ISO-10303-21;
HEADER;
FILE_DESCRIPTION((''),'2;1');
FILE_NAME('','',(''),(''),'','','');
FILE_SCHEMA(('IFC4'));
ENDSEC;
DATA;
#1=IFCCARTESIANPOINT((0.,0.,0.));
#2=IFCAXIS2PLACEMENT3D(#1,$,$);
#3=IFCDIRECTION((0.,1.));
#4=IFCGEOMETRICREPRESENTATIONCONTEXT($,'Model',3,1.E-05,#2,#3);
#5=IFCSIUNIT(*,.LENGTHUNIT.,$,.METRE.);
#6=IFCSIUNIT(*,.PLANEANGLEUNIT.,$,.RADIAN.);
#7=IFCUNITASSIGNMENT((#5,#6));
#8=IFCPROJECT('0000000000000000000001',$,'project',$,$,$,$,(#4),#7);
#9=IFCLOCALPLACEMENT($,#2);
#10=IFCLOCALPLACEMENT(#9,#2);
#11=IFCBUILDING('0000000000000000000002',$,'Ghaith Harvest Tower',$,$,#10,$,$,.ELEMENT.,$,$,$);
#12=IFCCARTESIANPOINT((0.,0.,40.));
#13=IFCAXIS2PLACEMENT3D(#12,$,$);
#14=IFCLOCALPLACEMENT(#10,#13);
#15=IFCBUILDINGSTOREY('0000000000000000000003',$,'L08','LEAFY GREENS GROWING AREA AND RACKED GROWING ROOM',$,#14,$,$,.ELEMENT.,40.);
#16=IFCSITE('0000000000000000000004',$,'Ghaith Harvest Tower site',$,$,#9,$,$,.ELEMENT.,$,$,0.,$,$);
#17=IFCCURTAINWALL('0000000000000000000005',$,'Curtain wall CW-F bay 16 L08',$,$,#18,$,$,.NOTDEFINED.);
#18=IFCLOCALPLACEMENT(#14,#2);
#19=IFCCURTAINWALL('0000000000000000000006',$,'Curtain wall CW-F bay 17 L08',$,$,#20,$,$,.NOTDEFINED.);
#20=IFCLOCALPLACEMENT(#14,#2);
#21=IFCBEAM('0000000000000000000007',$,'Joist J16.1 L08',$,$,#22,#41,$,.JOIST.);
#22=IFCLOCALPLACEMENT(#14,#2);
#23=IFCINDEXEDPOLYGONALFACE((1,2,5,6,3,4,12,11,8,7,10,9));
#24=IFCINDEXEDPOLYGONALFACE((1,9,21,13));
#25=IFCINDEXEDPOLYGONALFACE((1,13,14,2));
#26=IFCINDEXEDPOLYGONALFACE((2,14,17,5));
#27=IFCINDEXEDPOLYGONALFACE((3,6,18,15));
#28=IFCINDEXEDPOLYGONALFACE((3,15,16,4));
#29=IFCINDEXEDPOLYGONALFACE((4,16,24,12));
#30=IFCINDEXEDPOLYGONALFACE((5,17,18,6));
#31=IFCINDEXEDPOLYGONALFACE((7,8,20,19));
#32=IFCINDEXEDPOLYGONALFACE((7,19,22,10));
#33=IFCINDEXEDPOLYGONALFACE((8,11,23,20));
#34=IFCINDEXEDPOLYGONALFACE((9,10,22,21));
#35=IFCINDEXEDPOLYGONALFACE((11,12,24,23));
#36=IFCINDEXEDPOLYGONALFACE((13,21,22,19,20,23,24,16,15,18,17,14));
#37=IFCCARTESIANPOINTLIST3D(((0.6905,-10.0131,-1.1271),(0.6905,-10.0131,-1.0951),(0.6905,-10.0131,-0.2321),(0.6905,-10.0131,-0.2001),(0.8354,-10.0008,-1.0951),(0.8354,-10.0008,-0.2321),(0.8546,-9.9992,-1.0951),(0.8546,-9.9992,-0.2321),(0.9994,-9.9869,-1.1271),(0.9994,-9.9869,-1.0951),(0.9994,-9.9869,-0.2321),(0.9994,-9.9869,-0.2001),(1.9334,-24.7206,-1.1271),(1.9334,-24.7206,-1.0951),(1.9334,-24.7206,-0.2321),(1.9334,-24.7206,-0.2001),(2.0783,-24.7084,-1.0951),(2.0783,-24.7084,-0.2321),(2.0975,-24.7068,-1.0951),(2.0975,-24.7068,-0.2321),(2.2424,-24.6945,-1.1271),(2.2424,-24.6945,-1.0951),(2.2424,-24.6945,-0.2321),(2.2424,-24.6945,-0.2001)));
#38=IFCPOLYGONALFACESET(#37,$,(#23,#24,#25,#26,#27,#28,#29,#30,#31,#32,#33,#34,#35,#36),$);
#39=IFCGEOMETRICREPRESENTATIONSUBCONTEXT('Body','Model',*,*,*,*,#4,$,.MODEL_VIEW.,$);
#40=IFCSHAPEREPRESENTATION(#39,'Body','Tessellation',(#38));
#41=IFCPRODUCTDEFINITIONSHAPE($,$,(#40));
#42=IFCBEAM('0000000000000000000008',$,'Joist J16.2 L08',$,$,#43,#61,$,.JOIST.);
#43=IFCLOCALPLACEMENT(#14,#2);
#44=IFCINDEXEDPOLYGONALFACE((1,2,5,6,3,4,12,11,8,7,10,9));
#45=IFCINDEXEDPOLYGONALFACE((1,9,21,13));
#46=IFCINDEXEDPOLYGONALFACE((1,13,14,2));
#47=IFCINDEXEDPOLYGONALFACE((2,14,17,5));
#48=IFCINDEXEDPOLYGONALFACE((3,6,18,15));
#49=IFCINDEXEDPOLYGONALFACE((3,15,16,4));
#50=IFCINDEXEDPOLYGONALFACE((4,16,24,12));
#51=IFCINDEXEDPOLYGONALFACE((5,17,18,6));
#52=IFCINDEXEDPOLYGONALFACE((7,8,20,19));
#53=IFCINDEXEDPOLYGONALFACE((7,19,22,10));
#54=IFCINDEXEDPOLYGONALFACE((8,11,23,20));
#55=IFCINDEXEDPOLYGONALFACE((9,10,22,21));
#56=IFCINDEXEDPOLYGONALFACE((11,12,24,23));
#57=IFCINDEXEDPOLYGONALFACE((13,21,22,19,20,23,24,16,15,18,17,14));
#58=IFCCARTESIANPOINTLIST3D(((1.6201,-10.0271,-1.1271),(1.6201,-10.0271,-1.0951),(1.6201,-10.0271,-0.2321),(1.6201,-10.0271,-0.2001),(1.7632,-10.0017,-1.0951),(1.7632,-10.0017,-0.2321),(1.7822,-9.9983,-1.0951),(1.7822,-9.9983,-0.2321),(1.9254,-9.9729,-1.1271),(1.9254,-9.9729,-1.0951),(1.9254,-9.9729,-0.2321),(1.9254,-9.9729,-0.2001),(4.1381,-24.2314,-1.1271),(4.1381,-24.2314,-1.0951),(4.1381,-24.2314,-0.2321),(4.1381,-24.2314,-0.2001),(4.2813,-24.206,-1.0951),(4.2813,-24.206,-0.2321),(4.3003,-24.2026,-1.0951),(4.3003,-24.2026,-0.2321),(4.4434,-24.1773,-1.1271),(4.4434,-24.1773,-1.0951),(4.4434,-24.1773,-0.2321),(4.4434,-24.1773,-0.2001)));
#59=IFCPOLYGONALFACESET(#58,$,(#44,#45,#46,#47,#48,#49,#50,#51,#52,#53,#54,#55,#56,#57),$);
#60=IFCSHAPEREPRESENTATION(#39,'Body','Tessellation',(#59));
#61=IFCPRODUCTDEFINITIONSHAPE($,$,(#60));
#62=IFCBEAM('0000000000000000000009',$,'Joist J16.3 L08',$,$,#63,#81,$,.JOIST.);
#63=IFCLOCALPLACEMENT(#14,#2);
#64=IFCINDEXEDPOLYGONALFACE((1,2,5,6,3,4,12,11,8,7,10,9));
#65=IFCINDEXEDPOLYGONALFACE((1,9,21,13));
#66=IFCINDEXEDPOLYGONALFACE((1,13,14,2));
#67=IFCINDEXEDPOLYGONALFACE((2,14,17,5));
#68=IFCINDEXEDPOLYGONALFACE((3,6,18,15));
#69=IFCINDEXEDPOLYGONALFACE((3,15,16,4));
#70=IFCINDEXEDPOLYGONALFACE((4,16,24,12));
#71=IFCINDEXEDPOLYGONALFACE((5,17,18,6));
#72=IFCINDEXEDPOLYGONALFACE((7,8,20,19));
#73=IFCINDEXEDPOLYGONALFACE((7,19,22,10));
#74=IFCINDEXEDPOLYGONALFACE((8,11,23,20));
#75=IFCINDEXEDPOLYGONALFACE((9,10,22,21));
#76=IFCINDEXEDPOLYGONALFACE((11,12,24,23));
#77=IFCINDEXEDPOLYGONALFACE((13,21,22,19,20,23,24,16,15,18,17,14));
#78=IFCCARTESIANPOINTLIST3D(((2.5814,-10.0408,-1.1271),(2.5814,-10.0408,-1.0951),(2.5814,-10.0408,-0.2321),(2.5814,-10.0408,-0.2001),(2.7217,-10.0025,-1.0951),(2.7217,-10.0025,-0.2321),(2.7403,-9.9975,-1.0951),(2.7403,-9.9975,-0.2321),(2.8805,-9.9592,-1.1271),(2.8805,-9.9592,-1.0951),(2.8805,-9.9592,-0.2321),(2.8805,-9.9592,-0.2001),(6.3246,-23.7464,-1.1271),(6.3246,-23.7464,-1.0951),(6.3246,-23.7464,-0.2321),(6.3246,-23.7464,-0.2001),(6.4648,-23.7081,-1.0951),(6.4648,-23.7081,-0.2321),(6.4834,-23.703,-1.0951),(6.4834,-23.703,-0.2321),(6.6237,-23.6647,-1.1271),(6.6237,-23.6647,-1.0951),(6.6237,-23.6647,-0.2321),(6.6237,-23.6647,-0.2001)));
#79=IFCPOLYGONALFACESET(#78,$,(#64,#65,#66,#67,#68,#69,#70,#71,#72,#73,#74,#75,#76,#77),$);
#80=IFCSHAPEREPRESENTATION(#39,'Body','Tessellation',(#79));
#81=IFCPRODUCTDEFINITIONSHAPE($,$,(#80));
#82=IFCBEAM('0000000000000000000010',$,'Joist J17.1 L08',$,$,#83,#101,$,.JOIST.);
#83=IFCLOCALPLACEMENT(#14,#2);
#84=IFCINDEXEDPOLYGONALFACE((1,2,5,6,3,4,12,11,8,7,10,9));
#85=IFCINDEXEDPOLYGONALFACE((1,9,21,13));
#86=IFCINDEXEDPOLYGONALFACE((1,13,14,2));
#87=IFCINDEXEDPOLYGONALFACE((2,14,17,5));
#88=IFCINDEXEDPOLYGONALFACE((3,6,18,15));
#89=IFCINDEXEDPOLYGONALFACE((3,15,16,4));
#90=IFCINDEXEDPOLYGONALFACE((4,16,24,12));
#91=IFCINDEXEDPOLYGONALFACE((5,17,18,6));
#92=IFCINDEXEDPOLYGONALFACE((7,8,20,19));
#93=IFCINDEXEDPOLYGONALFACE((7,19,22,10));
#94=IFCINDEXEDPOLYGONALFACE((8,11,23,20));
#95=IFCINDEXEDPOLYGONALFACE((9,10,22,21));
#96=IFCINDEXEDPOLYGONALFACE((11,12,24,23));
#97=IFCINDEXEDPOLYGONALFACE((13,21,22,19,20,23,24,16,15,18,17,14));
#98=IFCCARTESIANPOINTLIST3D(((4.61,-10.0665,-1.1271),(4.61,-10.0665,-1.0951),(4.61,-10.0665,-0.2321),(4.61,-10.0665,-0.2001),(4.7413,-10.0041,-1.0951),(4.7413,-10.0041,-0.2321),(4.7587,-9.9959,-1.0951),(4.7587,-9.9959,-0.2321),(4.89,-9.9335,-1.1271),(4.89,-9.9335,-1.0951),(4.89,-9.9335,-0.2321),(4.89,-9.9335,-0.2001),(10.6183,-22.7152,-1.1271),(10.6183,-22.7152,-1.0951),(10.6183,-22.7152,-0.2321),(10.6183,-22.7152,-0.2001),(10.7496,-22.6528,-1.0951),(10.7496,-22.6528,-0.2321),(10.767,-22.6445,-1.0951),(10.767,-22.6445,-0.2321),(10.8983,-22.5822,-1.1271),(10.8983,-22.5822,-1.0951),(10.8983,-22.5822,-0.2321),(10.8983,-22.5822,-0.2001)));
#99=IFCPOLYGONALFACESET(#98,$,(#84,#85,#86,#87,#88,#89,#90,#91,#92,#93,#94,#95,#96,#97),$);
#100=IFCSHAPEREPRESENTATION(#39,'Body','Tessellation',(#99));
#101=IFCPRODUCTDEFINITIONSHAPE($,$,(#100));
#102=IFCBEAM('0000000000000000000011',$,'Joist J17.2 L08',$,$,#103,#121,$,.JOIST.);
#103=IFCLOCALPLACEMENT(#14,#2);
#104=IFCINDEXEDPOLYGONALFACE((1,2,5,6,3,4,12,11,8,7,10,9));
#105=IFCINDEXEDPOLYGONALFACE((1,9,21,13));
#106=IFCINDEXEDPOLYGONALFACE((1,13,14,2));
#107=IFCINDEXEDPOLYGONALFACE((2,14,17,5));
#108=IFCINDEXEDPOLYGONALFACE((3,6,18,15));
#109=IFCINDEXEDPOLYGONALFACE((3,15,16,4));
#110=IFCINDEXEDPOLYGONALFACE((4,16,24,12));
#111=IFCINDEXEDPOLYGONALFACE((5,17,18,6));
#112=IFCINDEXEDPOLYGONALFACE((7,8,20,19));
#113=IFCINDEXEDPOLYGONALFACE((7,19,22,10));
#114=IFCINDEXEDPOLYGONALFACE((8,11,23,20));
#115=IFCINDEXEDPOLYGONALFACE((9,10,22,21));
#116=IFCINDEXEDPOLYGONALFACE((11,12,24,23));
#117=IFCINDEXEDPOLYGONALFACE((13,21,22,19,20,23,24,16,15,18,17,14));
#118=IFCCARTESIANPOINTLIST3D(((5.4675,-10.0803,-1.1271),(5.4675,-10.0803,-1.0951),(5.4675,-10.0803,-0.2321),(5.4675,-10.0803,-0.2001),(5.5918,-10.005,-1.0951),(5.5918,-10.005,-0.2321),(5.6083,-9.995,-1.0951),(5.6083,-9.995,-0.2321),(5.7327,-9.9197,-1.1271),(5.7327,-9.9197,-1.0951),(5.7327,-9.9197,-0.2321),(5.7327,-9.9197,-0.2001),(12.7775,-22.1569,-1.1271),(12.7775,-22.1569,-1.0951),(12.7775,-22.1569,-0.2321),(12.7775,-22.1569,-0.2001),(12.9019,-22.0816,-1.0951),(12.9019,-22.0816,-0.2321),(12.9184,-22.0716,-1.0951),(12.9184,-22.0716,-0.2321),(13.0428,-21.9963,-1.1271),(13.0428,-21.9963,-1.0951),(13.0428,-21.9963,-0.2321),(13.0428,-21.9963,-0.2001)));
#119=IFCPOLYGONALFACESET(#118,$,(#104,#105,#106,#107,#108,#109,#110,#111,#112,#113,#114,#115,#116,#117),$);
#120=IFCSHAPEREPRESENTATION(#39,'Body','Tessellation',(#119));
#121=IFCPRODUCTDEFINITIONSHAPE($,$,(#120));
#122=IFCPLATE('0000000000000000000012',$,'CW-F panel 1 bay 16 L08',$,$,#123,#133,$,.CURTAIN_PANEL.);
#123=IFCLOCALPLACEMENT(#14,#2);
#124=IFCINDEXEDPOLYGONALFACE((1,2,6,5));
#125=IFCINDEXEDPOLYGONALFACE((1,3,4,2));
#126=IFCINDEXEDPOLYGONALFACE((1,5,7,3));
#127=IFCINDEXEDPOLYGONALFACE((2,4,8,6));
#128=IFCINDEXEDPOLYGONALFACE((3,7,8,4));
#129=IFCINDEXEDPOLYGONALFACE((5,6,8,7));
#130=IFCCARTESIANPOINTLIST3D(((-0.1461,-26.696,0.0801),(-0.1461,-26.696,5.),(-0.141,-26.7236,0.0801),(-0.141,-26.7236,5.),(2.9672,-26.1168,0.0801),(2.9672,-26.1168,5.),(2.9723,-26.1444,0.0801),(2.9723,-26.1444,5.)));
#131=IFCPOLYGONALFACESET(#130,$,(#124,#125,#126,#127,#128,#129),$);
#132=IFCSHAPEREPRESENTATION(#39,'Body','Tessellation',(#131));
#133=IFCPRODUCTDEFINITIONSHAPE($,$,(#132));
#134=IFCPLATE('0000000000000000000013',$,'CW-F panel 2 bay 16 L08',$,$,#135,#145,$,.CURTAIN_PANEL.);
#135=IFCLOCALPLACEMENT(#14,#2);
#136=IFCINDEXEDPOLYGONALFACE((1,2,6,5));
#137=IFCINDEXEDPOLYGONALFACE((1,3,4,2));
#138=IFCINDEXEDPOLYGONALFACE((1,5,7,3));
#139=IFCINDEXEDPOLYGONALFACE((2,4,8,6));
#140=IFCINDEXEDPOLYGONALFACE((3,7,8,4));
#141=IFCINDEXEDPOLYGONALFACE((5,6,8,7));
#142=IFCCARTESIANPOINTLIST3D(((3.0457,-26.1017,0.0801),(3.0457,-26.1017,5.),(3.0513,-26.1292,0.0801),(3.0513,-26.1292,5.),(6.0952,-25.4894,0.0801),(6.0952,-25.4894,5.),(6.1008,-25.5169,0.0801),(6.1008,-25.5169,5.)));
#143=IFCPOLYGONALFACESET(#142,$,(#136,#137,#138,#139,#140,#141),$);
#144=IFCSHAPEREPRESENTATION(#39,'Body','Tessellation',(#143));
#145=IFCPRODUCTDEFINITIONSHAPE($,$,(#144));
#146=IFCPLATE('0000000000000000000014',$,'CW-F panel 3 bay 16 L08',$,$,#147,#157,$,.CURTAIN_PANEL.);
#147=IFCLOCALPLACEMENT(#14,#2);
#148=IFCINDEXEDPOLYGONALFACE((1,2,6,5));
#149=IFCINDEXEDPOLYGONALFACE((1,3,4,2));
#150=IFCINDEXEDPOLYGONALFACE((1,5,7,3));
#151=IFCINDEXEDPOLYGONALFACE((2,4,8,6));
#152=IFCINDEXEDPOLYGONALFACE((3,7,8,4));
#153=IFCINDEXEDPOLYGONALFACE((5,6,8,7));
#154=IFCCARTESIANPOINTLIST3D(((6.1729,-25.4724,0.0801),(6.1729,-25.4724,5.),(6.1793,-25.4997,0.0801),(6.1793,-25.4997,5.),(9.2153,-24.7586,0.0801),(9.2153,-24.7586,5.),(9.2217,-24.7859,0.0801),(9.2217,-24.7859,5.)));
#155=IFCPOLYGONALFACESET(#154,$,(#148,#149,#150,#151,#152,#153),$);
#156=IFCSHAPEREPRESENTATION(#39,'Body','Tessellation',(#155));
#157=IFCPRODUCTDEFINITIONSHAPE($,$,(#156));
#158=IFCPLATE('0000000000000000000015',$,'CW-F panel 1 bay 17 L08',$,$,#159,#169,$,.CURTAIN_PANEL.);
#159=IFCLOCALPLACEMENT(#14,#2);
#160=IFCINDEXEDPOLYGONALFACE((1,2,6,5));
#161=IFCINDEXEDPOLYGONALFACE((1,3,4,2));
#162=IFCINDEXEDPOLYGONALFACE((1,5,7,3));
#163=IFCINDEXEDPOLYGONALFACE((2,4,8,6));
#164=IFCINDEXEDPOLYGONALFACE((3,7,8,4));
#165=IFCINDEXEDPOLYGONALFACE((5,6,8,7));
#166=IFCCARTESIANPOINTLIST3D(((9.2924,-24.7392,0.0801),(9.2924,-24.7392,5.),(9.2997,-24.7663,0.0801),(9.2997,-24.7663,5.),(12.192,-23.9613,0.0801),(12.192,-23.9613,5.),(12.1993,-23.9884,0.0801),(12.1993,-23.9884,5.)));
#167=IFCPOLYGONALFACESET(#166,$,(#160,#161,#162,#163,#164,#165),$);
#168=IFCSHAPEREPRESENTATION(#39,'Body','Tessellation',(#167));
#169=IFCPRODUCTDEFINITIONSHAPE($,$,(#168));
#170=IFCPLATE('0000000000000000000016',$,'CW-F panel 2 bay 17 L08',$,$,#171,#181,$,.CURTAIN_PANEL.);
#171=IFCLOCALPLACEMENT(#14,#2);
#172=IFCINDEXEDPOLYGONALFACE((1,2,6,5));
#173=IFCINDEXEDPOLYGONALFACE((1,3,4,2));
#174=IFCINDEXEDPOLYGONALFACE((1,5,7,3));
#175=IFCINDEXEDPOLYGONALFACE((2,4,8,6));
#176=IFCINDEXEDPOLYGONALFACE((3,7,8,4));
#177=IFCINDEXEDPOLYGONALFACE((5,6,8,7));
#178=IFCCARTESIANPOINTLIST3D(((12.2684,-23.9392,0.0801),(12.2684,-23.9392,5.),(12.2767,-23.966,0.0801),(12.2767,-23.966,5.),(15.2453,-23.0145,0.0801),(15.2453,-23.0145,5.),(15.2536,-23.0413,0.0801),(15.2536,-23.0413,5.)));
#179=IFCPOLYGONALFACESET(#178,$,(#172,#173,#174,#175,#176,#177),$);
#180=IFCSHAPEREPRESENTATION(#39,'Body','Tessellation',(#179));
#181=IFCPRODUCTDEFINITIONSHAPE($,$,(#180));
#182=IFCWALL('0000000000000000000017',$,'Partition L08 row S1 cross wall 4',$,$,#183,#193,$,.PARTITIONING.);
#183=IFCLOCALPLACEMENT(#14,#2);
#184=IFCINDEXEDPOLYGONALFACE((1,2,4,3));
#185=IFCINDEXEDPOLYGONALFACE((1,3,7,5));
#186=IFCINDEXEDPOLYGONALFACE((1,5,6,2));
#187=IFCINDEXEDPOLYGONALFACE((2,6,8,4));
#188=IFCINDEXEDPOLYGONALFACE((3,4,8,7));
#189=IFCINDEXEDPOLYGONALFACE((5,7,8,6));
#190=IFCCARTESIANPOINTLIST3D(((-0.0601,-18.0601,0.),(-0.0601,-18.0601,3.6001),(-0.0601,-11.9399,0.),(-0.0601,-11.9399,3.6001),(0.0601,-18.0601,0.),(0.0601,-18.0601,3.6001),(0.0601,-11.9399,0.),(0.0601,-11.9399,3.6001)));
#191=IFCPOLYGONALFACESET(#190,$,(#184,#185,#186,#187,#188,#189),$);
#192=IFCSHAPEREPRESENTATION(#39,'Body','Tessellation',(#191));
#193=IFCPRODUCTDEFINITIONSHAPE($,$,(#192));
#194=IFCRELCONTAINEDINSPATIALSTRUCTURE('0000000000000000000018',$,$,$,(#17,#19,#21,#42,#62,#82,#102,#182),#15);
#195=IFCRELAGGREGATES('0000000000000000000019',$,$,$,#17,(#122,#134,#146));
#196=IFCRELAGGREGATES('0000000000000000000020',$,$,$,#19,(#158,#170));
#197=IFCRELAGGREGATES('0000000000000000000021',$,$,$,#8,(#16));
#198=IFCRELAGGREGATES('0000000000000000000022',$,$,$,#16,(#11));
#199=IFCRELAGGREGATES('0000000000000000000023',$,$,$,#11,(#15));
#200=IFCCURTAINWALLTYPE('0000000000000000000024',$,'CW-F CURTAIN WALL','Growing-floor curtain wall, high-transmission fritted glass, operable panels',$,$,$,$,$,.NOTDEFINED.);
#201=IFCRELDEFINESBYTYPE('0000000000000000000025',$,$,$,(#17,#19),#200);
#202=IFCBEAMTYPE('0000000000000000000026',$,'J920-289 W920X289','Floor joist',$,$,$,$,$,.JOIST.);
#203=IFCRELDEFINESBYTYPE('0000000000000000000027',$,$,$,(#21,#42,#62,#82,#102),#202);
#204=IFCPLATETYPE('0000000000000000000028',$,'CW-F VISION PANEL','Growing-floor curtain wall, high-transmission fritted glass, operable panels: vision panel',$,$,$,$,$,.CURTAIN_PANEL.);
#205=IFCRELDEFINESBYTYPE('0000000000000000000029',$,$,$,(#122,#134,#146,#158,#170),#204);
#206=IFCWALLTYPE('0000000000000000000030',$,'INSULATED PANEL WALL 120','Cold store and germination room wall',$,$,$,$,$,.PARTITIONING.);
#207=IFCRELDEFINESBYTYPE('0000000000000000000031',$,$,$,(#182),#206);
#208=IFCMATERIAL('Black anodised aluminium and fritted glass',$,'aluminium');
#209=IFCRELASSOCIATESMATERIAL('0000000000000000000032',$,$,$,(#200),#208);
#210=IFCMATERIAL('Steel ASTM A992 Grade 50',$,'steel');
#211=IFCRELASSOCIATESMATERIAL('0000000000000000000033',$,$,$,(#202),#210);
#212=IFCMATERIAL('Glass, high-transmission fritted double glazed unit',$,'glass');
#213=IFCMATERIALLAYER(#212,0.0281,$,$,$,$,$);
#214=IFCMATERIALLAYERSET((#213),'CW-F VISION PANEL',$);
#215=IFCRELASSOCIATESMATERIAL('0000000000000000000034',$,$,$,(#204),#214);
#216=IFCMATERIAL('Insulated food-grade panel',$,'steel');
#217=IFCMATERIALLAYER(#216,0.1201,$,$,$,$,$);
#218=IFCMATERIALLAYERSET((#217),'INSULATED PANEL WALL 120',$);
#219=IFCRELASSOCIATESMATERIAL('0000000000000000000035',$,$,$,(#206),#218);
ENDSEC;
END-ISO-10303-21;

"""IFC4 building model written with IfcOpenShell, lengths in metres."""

from ifc_helpers import new_model, si_unit, direction, frame, frame_2d, origin, origin_2d, place, context, subcontext, project, spatial, rectangle, i_section, extrude, material, layer, layer_set, material_profile, profile_set, type_object, element, aggregate, save


model = new_model("IFC4")

# Units and contexts
model_context = context("Model", 3, precision=1e-05, world=origin(), true_north=direction((0.0, 1.0)))
body_context = subcontext(model_context, "Body", "Model", "MODEL_VIEW")
ifc_project = project(units=[si_unit("LENGTHUNIT", "METRE"), si_unit("PLANEANGLEUNIT", "RADIAN")], contexts=[model_context])

# Site, building, storey
site_placement = place(None, origin())
site = spatial("IfcSite", under=ifc_project, at=site_placement, Name="Ghaith Harvest Tower site", CompositionType="ELEMENT", RefElevation=0.0)
building_placement = place(site_placement, origin())
building = spatial("IfcBuilding", under=site, at=building_placement, Name="Ghaith Harvest Tower", CompositionType="ELEMENT")
storey_placement = place(building_placement, frame((0.0, 0.0, 40.0)))
storey = spatial("IfcBuildingStorey", under=building, at=storey_placement, Name="L08", Description="LEAFY GREENS GROWING AREA AND RACKED GROWING ROOM", CompositionType="ELEMENT", Elevation=40.0)

# Curtain walls
ifc_material_1 = material(Name="Black anodised aluminium and fritted glass", Category="aluminium")
curtain_wall_type = type_object("IfcCurtainWallType", Name="CW-F CURTAIN WALL", Description="Growing-floor curtain wall, high-transmission fritted glass, operable panels", PredefinedType="NOTDEFINED", material=ifc_material_1)
curtain_wall_1_placement = place(storey_placement, origin())
curtain_wall_1 = element("IfcCurtainWall", 1, at=curtain_wall_1_placement, inside=storey, type_object=curtain_wall_type, Name="Curtain wall CW-F bay 16 L08", PredefinedType="NOTDEFINED")
curtain_wall_2_placement = place(storey_placement, origin())
curtain_wall_2 = element("IfcCurtainWall", 2, at=curtain_wall_2_placement, inside=storey, type_object=curtain_wall_type, Name="Curtain wall CW-F bay 17 L08", PredefinedType="NOTDEFINED")

# Beams
ifc_material_2 = material(Name="Steel ASTM A992 Grade 50", Category="steel")
ifc_material_profile_1 = material_profile(ifc_material_2, i_section(OverallWidth=0.3101, OverallDepth=0.927, WebThickness=0.0193, FlangeThickness=0.032, at=origin_2d()), Name="W920X289")
ifc_profile_set_1 = profile_set([ifc_material_profile_1], Name="Steel ASTM A992 Grade 50")
beam_type_1 = type_object("IfcBeamType", Name="J920-289 W920X289", Description="Floor joist", PredefinedType="JOIST", material=ifc_profile_set_1)
beam_1_placement = place(storey_placement, frame((0.845, -10.0, -0.6636), z_axis=(0.084209, -0.996448, 0.0), x_axis=(0.996448, 0.084209, 0.0)))
element("IfcBeam", 3, at=beam_1_placement, inside=storey, type_object=beam_type_1, Name="Joist J16.1 L08", PredefinedType="JOIST", context=body_context, shape_type="SweptSolid", body=[
    extrude(i_section(OverallWidth=0.3101, OverallDepth=0.927, WebThickness=0.0193, FlangeThickness=0.032, at=origin_2d()), origin(), (0.0, 0.0, 1.0), 14.76),
])
beam_2_placement = place(storey_placement, frame((1.7727, -10.0, -0.6636), z_axis=(0.174553, -0.984648, 0.0), x_axis=(0.984648, 0.174553, 0.0)))
element("IfcBeam", 4, at=beam_2_placement, inside=storey, type_object=beam_type_1, Name="Joist J16.2 L08", PredefinedType="JOIST", context=body_context, shape_type="SweptSolid", body=[
    extrude(i_section(OverallWidth=0.3101, OverallDepth=0.927, WebThickness=0.0193, FlangeThickness=0.032, at=origin_2d()), origin(), (0.0, 0.0, 1.0), 14.4258),
])
beam_3_placement = place(storey_placement, frame((2.731, -10.0, -0.6636), z_axis=(0.263463, -0.964669, 0.0), x_axis=(0.964669, 0.263463, 0.0)))
element("IfcBeam", 5, at=beam_3_placement, inside=storey, type_object=beam_type_1, Name="Joist J16.3 L08", PredefinedType="JOIST", context=body_context, shape_type="SweptSolid", body=[
    extrude(i_section(OverallWidth=0.3101, OverallDepth=0.927, WebThickness=0.0193, FlangeThickness=0.032, at=origin_2d()), origin(), (0.0, 0.0, 1.0), 14.2075),
])
beam_4_placement = place(storey_placement, frame((4.75, -10.0, -0.6636), z_axis=(0.429067, -0.903273, 0.0), x_axis=(0.903273, 0.429067, 0.0)))
element("IfcBeam", 6, at=beam_4_placement, inside=storey, type_object=beam_type_1, Name="Joist J17.1 L08", PredefinedType="JOIST", context=body_context, shape_type="SweptSolid", body=[
    extrude(i_section(OverallWidth=0.3101, OverallDepth=0.927, WebThickness=0.0193, FlangeThickness=0.032, at=origin_2d()), origin(), (0.0, 0.0, 1.0), 14.0032),
])
beam_5_placement = place(storey_placement, frame((5.6001, -10.0, -0.6636), z_axis=(0.517829, -0.855484, 0.0), x_axis=(0.855484, 0.517829, 0.0)))
element("IfcBeam", 7, at=beam_5_placement, inside=storey, type_object=beam_type_1, Name="Joist J17.2 L08", PredefinedType="JOIST", context=body_context, shape_type="SweptSolid", body=[
    extrude(i_section(OverallWidth=0.3101, OverallDepth=0.927, WebThickness=0.0193, FlangeThickness=0.032, at=origin_2d()), origin(), (0.0, 0.0, 1.0), 14.1167),
])

# Plates
ifc_material_3 = material(Name="Glass, high-transmission fritted double glazed unit", Category="glass")
ifc_layer_1 = layer(ifc_material_3, 0.0281)
ifc_layer_set_1 = layer_set([ifc_layer_1], Name="CW-F VISION PANEL")
plate_type = type_object("IfcPlateType", Name="CW-F VISION PANEL", Description="Growing-floor curtain wall, high-transmission fritted glass, operable panels: vision panel", PredefinedType="CURTAIN_PANEL", material=ifc_layer_set_1)
plate_1_placement = place(storey_placement, frame((1.4131, -26.4202, 0.0801), z_axis=(0.0, 0.0, 1.0), x_axis=(0.983131, 0.182902, 0.0)))
plate_1 = element("IfcPlate", 8, at=plate_1_placement, type_object=plate_type, Name="CW-F panel 1 bay 16 L08", PredefinedType="CURTAIN_PANEL", context=body_context, shape_type="SweptSolid", body=[
    extrude(rectangle(XDim=3.1667, YDim=0.0281, at=origin_2d()), origin(), (0.0, 0.0, 1.0), 4.9199),
])
plate_2_placement = place(storey_placement, frame((4.5732, -25.8093, 0.0801), z_axis=(0.0, 0.0, 1.0), x_axis=(0.980432, 0.196856, 0.0)))
plate_2 = element("IfcPlate", 9, at=plate_2_placement, type_object=plate_type, Name="CW-F panel 2 bay 16 L08", PredefinedType="CURTAIN_PANEL", context=body_context, shape_type="SweptSolid", body=[
    extrude(rectangle(XDim=3.1104, YDim=0.0281, at=origin_2d()), origin(), (0.0, 0.0, 1.0), 4.9199),
])
plate_3_placement = place(storey_placement, frame((7.6973, -25.1292, 0.0801), z_axis=(0.0, 0.0, 1.0), x_axis=(0.973565, 0.228411, 0.0)))
plate_3 = element("IfcPlate", 10, at=plate_3_placement, type_object=plate_type, Name="CW-F panel 3 bay 16 L08", PredefinedType="CURTAIN_PANEL", context=body_context, shape_type="SweptSolid", body=[
    extrude(rectangle(XDim=3.125, YDim=0.0281, at=origin_2d()), origin(), (0.0, 0.0, 1.0), 4.9199),
])
aggregate(curtain_wall_1, [plate_1, plate_2, plate_3])
plate_4_placement = place(storey_placement, frame((10.7458, -24.3638, 0.0801), z_axis=(0.0, 0.0, 1.0), x_axis=(0.965848, 0.259108, 0.0)))
plate_4 = element("IfcPlate", 11, at=plate_4_placement, type_object=plate_type, Name="CW-F panel 1 bay 17 L08", PredefinedType="CURTAIN_PANEL", context=body_context, shape_type="SweptSolid", body=[
    extrude(rectangle(XDim=3.0022, YDim=0.0281, at=origin_2d()), origin(), (0.0, 0.0, 1.0), 4.9199),
])
plate_5_placement = place(storey_placement, frame((13.761, -23.4902, 0.0801), z_axis=(0.0, 0.0, 1.0), x_axis=(0.954988, 0.296644, 0.0)))
plate_5 = element("IfcPlate", 12, at=plate_5_placement, type_object=plate_type, Name="CW-F panel 2 bay 17 L08", PredefinedType="CURTAIN_PANEL", context=body_context, shape_type="SweptSolid", body=[
    extrude(rectangle(XDim=3.1172, YDim=0.0281, at=origin_2d()), origin(), (0.0, 0.0, 1.0), 4.9199),
])
aggregate(curtain_wall_2, [plate_4, plate_5])

# Wall
ifc_material_4 = material(Name="Insulated food-grade panel", Category="steel")
ifc_layer_2 = layer(ifc_material_4, 0.1201)
ifc_layer_set_2 = layer_set([ifc_layer_2], Name="INSULATED PANEL WALL 120")
wall_type_1 = type_object("IfcWallType", Name="INSULATED PANEL WALL 120", Description="Cold store and germination room wall", PredefinedType="PARTITIONING", material=ifc_layer_set_2)
for number, where, z_axis, x_axis, name in (
    (13, (0.0, -11.9399, 0.0), (0.0, 0.0, 1.0), (0.0, -1.0, 0.0), "Partition L08 row S1 cross wall 4"),
):
    element("IfcWall", number, at=place(storey_placement, frame(where, z_axis=z_axis, x_axis=x_axis)), inside=storey, type_object=wall_type_1, Name=name, PredefinedType="PARTITIONING", context=body_context, shape_type="SweptSolid", body=[
        extrude(rectangle(XDim=6.1201, YDim=0.1201, at=frame_2d((3.0601, 0.0))), origin(), (0.0, 0.0, 1.0), 3.6001),
    ])

save(model, "model.ifc")
